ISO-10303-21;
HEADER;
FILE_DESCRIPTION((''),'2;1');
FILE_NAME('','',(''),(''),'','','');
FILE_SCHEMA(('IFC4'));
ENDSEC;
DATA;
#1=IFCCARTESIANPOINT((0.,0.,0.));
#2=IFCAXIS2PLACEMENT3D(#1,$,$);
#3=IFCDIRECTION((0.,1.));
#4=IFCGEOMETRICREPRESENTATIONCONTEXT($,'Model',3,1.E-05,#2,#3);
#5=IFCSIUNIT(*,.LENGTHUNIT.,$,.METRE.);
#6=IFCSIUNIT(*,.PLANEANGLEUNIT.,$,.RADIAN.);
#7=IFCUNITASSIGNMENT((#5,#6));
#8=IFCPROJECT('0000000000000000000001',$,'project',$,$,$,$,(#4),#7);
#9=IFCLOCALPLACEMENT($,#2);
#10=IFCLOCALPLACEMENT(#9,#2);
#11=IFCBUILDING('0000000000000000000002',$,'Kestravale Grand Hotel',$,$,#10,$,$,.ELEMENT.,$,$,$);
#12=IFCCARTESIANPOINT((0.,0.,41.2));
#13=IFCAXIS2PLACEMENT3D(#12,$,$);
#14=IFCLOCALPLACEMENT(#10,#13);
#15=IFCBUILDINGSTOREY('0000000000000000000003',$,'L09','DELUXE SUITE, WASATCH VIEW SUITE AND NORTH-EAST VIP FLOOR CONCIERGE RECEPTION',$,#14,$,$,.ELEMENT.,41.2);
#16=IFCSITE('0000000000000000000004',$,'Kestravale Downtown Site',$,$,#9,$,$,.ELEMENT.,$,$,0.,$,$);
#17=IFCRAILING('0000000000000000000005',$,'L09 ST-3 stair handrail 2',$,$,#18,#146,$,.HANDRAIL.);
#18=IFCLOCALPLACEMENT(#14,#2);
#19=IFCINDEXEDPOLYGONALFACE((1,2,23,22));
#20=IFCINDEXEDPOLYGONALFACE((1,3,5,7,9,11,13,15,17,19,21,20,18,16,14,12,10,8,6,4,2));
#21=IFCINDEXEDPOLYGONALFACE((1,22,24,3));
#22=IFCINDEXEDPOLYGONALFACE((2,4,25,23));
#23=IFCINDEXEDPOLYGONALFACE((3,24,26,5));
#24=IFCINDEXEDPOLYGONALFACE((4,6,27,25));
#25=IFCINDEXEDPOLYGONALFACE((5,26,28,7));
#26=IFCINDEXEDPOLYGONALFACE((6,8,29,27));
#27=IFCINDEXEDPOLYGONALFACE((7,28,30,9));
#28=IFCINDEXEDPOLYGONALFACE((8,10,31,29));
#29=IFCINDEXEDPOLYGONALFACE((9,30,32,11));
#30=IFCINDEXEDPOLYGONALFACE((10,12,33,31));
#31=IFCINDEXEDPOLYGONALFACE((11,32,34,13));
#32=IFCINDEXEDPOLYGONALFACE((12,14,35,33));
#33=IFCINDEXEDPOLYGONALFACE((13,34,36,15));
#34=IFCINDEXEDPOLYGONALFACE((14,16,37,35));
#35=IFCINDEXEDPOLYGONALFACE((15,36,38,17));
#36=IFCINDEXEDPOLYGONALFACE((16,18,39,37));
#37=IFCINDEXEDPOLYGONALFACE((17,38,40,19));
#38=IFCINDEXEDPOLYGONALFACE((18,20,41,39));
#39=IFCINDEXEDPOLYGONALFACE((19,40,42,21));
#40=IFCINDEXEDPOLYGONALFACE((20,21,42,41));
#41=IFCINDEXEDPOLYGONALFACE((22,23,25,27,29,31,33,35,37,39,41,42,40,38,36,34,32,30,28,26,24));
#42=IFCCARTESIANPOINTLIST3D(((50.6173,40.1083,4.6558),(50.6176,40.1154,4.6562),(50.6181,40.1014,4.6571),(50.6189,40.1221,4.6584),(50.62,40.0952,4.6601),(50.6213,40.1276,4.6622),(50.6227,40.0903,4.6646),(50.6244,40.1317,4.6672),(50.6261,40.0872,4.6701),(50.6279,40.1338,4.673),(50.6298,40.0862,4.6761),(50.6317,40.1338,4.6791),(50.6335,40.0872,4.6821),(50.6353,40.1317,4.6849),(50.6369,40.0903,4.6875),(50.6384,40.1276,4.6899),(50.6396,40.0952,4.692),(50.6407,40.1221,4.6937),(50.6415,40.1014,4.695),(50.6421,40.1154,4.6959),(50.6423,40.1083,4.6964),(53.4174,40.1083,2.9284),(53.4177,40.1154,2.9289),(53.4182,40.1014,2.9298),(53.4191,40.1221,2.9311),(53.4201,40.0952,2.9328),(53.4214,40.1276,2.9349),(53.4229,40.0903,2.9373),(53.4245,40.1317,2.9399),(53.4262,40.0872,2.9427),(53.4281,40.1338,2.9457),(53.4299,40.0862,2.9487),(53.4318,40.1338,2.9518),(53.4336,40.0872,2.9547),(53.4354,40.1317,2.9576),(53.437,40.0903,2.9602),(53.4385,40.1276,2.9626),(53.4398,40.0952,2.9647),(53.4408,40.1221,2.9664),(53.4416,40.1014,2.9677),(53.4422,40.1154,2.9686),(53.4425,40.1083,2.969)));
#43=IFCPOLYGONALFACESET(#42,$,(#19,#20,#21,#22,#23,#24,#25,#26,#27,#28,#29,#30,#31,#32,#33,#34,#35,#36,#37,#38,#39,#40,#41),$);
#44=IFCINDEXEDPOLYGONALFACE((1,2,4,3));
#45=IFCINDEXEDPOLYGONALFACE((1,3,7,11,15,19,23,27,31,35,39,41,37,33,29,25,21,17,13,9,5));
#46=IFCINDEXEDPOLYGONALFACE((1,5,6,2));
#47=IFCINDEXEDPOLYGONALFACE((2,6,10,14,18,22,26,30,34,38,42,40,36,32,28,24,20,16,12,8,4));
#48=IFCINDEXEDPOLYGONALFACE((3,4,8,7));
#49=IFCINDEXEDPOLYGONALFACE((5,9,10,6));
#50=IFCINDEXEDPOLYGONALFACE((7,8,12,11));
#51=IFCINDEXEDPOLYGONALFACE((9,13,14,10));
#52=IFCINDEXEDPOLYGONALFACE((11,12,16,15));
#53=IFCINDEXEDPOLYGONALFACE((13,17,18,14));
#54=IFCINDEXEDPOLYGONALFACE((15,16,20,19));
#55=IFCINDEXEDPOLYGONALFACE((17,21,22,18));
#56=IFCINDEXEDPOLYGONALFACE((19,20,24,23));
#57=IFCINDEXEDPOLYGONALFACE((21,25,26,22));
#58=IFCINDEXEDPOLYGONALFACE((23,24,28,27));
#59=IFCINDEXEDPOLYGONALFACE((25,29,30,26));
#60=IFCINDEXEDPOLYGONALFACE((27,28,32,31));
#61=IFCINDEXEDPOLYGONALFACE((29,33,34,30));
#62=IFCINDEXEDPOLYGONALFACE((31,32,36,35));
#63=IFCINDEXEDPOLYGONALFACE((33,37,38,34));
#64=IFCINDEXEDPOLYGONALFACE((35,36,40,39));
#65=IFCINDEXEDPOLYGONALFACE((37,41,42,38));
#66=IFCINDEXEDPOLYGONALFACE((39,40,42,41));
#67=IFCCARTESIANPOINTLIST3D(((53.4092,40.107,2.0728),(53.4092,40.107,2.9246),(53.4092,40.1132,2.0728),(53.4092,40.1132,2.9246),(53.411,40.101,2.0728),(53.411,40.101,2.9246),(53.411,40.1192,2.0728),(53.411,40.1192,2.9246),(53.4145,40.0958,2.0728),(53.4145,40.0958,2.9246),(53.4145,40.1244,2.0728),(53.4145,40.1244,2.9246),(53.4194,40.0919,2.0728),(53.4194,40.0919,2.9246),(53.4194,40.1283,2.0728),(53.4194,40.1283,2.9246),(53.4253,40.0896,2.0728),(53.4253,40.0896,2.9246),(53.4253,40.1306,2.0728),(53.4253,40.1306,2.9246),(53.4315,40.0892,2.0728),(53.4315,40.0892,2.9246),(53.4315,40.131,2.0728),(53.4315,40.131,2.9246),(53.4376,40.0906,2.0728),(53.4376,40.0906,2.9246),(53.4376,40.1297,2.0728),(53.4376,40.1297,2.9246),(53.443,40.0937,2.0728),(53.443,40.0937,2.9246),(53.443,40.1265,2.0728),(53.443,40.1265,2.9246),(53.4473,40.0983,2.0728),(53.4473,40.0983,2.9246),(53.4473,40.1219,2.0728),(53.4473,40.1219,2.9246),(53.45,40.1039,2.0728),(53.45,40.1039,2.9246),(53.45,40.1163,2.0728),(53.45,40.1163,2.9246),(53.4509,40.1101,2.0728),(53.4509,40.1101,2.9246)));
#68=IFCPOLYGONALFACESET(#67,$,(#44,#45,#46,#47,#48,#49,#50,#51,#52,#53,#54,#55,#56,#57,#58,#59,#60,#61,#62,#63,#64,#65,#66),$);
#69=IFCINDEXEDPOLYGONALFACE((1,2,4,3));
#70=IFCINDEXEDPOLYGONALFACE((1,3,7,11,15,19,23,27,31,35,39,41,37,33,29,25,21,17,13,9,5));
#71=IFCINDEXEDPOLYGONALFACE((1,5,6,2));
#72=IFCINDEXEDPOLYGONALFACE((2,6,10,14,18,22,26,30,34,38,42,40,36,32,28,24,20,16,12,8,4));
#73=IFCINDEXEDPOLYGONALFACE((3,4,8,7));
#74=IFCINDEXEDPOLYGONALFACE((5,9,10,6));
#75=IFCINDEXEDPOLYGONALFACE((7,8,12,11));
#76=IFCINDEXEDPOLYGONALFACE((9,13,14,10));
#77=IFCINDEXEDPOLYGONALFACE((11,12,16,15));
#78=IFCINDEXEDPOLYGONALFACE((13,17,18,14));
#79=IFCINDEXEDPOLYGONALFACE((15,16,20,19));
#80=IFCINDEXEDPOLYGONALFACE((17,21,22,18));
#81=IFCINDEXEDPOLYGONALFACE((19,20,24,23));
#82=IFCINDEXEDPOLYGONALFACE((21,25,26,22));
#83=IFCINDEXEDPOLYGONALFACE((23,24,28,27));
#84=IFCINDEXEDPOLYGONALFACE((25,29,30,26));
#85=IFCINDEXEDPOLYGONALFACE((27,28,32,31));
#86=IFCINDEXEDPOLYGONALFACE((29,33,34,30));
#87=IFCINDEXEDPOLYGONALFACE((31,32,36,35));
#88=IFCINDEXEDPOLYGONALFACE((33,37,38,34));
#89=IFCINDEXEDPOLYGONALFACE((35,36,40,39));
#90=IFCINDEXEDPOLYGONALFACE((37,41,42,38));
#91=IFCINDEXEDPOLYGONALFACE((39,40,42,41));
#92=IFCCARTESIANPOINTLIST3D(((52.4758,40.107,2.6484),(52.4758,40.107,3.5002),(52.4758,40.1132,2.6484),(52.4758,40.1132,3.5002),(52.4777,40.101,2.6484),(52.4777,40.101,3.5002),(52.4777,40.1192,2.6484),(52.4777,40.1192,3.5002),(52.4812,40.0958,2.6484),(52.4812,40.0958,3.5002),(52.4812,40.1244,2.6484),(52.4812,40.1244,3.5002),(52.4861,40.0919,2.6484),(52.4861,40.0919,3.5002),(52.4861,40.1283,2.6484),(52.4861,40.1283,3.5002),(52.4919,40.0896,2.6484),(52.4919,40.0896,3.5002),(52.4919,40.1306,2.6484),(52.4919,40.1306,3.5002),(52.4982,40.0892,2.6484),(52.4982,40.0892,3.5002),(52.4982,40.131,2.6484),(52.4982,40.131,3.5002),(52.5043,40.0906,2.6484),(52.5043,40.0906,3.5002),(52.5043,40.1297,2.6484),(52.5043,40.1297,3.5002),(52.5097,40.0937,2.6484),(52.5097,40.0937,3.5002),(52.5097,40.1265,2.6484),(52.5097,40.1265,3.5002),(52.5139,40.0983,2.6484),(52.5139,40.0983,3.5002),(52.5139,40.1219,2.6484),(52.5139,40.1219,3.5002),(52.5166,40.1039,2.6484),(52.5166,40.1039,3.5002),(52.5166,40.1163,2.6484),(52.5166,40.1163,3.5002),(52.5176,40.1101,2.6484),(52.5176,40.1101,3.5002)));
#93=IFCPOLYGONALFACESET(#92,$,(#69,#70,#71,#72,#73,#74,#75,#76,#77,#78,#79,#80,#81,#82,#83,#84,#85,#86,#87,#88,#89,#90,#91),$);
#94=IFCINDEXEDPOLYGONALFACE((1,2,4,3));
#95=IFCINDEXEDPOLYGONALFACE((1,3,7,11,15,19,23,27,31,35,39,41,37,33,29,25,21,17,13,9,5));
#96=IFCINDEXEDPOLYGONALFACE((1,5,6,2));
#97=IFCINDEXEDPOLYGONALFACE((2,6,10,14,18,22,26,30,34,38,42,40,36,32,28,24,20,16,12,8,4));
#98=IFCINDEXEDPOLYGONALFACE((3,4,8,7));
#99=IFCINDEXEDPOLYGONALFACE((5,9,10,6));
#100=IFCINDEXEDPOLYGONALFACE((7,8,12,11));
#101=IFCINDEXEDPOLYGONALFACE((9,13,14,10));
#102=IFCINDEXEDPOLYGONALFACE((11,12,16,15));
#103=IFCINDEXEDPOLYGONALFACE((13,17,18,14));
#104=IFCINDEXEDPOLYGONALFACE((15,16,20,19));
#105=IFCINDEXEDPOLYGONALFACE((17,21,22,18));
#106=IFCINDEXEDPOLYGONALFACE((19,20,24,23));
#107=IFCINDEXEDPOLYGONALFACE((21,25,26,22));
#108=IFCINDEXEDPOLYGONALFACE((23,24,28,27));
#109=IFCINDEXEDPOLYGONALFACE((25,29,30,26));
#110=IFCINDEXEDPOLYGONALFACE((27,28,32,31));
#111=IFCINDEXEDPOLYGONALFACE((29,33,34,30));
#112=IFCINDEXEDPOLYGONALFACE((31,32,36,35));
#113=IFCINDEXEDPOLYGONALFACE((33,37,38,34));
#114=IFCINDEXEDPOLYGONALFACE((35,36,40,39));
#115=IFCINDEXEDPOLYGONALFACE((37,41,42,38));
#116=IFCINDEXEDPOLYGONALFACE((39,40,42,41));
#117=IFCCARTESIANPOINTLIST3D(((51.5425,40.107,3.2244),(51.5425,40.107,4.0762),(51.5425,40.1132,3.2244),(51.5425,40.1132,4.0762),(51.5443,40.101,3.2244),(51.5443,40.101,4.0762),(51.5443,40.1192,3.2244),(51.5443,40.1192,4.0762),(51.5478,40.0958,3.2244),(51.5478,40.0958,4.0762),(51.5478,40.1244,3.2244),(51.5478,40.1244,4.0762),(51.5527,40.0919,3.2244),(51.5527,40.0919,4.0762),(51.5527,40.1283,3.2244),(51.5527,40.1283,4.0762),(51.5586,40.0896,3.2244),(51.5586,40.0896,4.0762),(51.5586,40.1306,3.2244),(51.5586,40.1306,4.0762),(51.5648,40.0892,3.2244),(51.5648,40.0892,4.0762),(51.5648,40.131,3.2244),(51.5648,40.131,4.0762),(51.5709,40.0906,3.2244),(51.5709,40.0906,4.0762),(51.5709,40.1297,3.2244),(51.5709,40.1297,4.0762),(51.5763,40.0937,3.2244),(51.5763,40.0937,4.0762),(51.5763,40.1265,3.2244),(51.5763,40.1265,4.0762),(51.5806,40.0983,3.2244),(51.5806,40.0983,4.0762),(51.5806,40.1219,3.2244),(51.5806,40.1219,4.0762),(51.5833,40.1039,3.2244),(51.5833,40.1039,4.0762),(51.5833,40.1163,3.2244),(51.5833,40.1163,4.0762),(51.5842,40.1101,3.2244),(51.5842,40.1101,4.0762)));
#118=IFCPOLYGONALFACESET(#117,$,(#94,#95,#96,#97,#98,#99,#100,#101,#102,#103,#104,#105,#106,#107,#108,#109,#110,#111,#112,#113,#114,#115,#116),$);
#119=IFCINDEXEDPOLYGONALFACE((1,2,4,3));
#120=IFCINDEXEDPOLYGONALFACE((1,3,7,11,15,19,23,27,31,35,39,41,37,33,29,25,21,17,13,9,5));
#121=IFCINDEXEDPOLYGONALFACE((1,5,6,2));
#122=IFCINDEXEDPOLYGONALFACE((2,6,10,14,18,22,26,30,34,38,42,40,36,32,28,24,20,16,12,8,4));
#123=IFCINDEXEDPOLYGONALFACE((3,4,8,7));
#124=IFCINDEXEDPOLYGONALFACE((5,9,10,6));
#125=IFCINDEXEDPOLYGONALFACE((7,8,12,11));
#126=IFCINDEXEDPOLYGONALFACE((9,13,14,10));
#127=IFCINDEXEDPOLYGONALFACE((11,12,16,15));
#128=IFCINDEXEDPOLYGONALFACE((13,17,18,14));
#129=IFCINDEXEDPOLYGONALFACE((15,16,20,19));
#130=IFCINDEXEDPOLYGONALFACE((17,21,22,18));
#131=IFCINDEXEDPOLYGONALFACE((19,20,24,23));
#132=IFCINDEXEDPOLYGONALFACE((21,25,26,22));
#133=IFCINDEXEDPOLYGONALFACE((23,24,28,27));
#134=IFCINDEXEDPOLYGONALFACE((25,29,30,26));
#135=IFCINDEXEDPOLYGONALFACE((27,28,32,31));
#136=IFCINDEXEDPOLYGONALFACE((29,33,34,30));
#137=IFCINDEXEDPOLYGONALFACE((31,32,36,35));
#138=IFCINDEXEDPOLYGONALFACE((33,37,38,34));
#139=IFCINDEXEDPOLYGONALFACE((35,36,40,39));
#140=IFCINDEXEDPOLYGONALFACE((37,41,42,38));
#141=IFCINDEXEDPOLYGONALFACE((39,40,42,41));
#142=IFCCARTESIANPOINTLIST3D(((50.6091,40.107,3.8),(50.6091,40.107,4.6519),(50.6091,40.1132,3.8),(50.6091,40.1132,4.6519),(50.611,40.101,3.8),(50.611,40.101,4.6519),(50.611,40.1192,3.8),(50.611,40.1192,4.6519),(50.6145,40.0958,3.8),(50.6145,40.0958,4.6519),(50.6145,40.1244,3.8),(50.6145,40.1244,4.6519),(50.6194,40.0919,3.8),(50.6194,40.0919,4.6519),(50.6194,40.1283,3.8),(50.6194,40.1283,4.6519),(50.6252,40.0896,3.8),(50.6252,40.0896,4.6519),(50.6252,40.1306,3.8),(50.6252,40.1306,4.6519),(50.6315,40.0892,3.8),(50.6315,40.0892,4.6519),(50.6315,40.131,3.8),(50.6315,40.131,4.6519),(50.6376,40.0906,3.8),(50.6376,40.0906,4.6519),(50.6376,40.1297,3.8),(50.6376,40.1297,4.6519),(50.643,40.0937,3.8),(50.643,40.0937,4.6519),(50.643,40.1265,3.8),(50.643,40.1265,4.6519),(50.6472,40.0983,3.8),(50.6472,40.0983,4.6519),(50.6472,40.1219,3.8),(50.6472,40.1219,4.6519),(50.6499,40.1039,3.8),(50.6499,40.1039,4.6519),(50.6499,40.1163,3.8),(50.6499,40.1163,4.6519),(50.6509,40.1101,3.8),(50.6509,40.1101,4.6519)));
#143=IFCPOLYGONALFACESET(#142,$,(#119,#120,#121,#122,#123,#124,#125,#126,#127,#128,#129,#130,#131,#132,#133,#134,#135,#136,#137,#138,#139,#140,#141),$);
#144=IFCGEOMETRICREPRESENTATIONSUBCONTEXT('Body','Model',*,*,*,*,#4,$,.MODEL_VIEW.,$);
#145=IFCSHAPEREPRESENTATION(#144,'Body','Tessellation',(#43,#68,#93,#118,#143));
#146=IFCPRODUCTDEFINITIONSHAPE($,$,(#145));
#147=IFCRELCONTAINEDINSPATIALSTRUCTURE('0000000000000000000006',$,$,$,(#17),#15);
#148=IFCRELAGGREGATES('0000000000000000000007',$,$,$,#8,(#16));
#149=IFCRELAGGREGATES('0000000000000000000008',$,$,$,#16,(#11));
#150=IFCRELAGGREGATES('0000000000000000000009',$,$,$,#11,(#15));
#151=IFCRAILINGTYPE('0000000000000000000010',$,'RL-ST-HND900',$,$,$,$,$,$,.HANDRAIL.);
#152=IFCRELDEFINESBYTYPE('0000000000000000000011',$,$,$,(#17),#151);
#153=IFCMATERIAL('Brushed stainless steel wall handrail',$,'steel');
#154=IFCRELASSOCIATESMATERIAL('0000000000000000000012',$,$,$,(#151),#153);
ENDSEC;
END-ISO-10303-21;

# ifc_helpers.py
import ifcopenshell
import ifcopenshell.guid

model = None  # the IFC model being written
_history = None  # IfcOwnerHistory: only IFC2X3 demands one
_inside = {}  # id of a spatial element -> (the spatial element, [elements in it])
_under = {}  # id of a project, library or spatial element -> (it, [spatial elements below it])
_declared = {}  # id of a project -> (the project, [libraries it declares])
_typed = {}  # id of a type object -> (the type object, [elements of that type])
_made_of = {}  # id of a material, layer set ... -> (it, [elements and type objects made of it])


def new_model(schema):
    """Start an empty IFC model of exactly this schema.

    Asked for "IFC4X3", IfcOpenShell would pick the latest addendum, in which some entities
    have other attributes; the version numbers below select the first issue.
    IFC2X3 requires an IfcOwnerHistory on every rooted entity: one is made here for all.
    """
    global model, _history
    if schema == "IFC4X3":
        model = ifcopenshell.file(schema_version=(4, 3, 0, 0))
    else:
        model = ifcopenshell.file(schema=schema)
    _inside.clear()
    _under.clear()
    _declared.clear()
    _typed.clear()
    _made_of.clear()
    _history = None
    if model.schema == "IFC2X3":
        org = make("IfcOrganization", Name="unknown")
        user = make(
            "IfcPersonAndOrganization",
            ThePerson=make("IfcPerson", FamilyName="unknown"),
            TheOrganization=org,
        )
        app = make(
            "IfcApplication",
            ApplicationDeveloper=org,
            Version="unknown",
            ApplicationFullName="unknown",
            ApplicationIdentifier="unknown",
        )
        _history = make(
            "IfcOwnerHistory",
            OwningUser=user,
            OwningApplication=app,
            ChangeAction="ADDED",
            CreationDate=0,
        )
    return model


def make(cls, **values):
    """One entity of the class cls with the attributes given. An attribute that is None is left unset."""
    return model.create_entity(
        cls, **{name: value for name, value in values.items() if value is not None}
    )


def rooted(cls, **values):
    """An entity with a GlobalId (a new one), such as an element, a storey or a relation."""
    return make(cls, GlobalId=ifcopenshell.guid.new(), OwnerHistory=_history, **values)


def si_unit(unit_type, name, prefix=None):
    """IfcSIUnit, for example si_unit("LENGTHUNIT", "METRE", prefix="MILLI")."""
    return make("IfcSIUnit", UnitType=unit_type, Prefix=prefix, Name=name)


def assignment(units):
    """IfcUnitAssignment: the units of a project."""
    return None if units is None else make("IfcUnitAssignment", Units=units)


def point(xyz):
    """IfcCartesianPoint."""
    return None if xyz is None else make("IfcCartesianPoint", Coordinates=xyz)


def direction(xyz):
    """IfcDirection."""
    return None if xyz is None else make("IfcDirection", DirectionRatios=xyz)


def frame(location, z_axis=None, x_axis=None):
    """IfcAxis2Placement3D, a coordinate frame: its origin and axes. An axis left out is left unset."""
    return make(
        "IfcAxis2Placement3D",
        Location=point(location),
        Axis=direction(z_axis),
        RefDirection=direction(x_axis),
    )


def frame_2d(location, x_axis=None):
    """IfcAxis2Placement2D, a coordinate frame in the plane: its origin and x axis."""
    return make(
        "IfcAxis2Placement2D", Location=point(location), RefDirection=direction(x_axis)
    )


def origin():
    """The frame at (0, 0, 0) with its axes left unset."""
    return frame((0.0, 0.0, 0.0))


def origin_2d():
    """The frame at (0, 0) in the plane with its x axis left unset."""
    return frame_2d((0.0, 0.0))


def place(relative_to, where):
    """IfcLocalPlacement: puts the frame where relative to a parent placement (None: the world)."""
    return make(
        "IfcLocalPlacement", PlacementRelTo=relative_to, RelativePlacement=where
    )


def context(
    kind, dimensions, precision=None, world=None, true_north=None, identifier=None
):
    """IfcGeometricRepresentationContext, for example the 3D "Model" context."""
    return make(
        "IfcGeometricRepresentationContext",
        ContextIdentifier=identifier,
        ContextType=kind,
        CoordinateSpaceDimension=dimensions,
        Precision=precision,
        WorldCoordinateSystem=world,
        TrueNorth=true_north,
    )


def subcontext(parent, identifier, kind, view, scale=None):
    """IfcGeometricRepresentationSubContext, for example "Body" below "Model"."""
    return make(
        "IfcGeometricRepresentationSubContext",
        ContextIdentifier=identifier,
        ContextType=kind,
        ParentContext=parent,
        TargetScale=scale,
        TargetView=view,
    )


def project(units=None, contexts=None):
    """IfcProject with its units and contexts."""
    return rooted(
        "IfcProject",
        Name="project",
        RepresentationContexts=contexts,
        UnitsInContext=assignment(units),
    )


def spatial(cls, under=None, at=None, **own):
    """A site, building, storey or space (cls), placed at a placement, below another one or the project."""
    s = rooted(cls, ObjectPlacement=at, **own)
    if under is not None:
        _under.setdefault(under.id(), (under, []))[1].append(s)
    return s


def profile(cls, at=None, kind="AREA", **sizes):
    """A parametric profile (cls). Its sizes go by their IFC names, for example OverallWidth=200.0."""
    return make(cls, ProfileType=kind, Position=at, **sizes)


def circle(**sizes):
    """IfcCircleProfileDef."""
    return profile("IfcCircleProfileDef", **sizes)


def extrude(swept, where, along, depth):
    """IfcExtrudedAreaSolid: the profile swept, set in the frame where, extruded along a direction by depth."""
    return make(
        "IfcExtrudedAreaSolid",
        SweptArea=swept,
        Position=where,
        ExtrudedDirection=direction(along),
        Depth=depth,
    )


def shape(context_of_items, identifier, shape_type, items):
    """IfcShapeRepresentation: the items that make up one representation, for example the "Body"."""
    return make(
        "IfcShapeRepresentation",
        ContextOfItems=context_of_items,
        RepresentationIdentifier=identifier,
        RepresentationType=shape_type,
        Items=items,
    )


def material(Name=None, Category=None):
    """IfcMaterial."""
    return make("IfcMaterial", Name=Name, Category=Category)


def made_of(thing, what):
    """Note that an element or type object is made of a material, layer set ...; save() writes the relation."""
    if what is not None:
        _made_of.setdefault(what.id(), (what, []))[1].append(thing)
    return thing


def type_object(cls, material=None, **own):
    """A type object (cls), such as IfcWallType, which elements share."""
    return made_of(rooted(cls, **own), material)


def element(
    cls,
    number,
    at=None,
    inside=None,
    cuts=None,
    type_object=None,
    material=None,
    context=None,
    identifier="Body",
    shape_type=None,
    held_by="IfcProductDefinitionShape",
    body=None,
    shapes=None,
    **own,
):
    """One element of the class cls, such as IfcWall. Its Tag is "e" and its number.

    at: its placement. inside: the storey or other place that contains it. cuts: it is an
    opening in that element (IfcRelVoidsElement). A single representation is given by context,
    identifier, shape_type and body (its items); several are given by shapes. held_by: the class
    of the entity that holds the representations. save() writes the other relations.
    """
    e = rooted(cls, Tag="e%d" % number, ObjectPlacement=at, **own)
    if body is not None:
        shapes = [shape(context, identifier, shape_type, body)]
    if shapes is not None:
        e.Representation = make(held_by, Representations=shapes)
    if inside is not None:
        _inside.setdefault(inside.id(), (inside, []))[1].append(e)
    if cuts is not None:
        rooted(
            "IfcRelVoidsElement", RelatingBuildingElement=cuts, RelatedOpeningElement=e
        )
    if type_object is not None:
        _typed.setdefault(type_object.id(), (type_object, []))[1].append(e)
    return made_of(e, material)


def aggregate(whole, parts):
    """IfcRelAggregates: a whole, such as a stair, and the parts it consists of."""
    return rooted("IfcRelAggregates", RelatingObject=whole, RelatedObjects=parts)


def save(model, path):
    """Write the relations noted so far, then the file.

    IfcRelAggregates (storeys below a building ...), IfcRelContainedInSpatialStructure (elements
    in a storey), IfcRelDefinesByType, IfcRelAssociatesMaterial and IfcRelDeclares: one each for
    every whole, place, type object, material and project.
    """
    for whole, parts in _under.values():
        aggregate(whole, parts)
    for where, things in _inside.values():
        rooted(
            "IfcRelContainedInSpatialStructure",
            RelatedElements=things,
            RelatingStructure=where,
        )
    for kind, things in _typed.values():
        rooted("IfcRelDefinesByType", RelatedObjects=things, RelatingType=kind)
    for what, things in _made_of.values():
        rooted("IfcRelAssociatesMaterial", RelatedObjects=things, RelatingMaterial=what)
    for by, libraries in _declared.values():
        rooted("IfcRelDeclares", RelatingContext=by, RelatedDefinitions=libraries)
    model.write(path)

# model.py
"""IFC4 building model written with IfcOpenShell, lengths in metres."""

from ifc_helpers import new_model, si_unit, direction, frame, origin, origin_2d, place, context, subcontext, project, spatial, circle, extrude, material, type_object, element, save


model = new_model("IFC4")

# Units and contexts
model_context = context("Model", 3, precision=1e-05, world=origin(), true_north=direction((0.0, 1.0)))
body_context = subcontext(model_context, "Body", "Model", "MODEL_VIEW")
ifc_project = project(units=[si_unit("LENGTHUNIT", "METRE"), si_unit("PLANEANGLEUNIT", "RADIAN")], contexts=[model_context])

# Site, building, storey
site_placement = place(None, origin())
site = spatial("IfcSite", under=ifc_project, at=site_placement, Name="Kestravale Downtown Site", CompositionType="ELEMENT", RefElevation=0.0)
building_placement = place(site_placement, origin())
building = spatial("IfcBuilding", under=site, at=building_placement, Name="Kestravale Grand Hotel", CompositionType="ELEMENT")
storey_placement = place(building_placement, frame((0.0, 0.0, 41.2)))
storey = spatial("IfcBuildingStorey", under=building, at=storey_placement, Name="L09", Description="DELUXE SUITE, WASATCH VIEW SUITE AND NORTH-EAST VIP FLOOR CONCIERGE RECEPTION", CompositionType="ELEMENT", Elevation=41.2)

# Railing
ifc_material_1 = material(Name="Brushed stainless steel wall handrail", Category="steel")
railing_type_1 = type_object("IfcRailingType", Name="RL-ST-HND900", PredefinedType="HANDRAIL", material=ifc_material_1)
railing_1_placement = place(storey_placement, frame((53.4299, 40.1101, 2.0728)))
element("IfcRailing", 1, at=railing_1_placement, inside=storey, type_object=railing_type_1, Name="L09 ST-3 stair handrail 2", PredefinedType="HANDRAIL", context=body_context, shape_type="SweptSolid", body=[
    extrude(circle(Radius=0.0239, at=origin_2d()), frame((0.0, 0.0, 0.876), z_axis=(-0.85109, 0.0, 0.52502), x_axis=(0.0, -1.0, 0.0)), (0.0, 0.0, 1.0), 3.29),
    extrude(circle(Radius=0.021, at=origin_2d()), origin(), (0.0, 0.0, 1.0), 0.8518),
    extrude(circle(Radius=0.021, at=origin_2d()), frame((-0.9333, 0.0, 0.5757)), (0.0, 0.0, 1.0), 0.8518),
    extrude(circle(Radius=0.021, at=origin_2d()), frame((-1.8667, 0.0, 1.1516)), (0.0, 0.0, 1.0), 0.8518),
    extrude(circle(Radius=0.021, at=origin_2d()), frame((-2.8, 0.0, 1.7273)), (0.0, 0.0, 1.0), 0.8518),
])

save(model, "model.ifc")
